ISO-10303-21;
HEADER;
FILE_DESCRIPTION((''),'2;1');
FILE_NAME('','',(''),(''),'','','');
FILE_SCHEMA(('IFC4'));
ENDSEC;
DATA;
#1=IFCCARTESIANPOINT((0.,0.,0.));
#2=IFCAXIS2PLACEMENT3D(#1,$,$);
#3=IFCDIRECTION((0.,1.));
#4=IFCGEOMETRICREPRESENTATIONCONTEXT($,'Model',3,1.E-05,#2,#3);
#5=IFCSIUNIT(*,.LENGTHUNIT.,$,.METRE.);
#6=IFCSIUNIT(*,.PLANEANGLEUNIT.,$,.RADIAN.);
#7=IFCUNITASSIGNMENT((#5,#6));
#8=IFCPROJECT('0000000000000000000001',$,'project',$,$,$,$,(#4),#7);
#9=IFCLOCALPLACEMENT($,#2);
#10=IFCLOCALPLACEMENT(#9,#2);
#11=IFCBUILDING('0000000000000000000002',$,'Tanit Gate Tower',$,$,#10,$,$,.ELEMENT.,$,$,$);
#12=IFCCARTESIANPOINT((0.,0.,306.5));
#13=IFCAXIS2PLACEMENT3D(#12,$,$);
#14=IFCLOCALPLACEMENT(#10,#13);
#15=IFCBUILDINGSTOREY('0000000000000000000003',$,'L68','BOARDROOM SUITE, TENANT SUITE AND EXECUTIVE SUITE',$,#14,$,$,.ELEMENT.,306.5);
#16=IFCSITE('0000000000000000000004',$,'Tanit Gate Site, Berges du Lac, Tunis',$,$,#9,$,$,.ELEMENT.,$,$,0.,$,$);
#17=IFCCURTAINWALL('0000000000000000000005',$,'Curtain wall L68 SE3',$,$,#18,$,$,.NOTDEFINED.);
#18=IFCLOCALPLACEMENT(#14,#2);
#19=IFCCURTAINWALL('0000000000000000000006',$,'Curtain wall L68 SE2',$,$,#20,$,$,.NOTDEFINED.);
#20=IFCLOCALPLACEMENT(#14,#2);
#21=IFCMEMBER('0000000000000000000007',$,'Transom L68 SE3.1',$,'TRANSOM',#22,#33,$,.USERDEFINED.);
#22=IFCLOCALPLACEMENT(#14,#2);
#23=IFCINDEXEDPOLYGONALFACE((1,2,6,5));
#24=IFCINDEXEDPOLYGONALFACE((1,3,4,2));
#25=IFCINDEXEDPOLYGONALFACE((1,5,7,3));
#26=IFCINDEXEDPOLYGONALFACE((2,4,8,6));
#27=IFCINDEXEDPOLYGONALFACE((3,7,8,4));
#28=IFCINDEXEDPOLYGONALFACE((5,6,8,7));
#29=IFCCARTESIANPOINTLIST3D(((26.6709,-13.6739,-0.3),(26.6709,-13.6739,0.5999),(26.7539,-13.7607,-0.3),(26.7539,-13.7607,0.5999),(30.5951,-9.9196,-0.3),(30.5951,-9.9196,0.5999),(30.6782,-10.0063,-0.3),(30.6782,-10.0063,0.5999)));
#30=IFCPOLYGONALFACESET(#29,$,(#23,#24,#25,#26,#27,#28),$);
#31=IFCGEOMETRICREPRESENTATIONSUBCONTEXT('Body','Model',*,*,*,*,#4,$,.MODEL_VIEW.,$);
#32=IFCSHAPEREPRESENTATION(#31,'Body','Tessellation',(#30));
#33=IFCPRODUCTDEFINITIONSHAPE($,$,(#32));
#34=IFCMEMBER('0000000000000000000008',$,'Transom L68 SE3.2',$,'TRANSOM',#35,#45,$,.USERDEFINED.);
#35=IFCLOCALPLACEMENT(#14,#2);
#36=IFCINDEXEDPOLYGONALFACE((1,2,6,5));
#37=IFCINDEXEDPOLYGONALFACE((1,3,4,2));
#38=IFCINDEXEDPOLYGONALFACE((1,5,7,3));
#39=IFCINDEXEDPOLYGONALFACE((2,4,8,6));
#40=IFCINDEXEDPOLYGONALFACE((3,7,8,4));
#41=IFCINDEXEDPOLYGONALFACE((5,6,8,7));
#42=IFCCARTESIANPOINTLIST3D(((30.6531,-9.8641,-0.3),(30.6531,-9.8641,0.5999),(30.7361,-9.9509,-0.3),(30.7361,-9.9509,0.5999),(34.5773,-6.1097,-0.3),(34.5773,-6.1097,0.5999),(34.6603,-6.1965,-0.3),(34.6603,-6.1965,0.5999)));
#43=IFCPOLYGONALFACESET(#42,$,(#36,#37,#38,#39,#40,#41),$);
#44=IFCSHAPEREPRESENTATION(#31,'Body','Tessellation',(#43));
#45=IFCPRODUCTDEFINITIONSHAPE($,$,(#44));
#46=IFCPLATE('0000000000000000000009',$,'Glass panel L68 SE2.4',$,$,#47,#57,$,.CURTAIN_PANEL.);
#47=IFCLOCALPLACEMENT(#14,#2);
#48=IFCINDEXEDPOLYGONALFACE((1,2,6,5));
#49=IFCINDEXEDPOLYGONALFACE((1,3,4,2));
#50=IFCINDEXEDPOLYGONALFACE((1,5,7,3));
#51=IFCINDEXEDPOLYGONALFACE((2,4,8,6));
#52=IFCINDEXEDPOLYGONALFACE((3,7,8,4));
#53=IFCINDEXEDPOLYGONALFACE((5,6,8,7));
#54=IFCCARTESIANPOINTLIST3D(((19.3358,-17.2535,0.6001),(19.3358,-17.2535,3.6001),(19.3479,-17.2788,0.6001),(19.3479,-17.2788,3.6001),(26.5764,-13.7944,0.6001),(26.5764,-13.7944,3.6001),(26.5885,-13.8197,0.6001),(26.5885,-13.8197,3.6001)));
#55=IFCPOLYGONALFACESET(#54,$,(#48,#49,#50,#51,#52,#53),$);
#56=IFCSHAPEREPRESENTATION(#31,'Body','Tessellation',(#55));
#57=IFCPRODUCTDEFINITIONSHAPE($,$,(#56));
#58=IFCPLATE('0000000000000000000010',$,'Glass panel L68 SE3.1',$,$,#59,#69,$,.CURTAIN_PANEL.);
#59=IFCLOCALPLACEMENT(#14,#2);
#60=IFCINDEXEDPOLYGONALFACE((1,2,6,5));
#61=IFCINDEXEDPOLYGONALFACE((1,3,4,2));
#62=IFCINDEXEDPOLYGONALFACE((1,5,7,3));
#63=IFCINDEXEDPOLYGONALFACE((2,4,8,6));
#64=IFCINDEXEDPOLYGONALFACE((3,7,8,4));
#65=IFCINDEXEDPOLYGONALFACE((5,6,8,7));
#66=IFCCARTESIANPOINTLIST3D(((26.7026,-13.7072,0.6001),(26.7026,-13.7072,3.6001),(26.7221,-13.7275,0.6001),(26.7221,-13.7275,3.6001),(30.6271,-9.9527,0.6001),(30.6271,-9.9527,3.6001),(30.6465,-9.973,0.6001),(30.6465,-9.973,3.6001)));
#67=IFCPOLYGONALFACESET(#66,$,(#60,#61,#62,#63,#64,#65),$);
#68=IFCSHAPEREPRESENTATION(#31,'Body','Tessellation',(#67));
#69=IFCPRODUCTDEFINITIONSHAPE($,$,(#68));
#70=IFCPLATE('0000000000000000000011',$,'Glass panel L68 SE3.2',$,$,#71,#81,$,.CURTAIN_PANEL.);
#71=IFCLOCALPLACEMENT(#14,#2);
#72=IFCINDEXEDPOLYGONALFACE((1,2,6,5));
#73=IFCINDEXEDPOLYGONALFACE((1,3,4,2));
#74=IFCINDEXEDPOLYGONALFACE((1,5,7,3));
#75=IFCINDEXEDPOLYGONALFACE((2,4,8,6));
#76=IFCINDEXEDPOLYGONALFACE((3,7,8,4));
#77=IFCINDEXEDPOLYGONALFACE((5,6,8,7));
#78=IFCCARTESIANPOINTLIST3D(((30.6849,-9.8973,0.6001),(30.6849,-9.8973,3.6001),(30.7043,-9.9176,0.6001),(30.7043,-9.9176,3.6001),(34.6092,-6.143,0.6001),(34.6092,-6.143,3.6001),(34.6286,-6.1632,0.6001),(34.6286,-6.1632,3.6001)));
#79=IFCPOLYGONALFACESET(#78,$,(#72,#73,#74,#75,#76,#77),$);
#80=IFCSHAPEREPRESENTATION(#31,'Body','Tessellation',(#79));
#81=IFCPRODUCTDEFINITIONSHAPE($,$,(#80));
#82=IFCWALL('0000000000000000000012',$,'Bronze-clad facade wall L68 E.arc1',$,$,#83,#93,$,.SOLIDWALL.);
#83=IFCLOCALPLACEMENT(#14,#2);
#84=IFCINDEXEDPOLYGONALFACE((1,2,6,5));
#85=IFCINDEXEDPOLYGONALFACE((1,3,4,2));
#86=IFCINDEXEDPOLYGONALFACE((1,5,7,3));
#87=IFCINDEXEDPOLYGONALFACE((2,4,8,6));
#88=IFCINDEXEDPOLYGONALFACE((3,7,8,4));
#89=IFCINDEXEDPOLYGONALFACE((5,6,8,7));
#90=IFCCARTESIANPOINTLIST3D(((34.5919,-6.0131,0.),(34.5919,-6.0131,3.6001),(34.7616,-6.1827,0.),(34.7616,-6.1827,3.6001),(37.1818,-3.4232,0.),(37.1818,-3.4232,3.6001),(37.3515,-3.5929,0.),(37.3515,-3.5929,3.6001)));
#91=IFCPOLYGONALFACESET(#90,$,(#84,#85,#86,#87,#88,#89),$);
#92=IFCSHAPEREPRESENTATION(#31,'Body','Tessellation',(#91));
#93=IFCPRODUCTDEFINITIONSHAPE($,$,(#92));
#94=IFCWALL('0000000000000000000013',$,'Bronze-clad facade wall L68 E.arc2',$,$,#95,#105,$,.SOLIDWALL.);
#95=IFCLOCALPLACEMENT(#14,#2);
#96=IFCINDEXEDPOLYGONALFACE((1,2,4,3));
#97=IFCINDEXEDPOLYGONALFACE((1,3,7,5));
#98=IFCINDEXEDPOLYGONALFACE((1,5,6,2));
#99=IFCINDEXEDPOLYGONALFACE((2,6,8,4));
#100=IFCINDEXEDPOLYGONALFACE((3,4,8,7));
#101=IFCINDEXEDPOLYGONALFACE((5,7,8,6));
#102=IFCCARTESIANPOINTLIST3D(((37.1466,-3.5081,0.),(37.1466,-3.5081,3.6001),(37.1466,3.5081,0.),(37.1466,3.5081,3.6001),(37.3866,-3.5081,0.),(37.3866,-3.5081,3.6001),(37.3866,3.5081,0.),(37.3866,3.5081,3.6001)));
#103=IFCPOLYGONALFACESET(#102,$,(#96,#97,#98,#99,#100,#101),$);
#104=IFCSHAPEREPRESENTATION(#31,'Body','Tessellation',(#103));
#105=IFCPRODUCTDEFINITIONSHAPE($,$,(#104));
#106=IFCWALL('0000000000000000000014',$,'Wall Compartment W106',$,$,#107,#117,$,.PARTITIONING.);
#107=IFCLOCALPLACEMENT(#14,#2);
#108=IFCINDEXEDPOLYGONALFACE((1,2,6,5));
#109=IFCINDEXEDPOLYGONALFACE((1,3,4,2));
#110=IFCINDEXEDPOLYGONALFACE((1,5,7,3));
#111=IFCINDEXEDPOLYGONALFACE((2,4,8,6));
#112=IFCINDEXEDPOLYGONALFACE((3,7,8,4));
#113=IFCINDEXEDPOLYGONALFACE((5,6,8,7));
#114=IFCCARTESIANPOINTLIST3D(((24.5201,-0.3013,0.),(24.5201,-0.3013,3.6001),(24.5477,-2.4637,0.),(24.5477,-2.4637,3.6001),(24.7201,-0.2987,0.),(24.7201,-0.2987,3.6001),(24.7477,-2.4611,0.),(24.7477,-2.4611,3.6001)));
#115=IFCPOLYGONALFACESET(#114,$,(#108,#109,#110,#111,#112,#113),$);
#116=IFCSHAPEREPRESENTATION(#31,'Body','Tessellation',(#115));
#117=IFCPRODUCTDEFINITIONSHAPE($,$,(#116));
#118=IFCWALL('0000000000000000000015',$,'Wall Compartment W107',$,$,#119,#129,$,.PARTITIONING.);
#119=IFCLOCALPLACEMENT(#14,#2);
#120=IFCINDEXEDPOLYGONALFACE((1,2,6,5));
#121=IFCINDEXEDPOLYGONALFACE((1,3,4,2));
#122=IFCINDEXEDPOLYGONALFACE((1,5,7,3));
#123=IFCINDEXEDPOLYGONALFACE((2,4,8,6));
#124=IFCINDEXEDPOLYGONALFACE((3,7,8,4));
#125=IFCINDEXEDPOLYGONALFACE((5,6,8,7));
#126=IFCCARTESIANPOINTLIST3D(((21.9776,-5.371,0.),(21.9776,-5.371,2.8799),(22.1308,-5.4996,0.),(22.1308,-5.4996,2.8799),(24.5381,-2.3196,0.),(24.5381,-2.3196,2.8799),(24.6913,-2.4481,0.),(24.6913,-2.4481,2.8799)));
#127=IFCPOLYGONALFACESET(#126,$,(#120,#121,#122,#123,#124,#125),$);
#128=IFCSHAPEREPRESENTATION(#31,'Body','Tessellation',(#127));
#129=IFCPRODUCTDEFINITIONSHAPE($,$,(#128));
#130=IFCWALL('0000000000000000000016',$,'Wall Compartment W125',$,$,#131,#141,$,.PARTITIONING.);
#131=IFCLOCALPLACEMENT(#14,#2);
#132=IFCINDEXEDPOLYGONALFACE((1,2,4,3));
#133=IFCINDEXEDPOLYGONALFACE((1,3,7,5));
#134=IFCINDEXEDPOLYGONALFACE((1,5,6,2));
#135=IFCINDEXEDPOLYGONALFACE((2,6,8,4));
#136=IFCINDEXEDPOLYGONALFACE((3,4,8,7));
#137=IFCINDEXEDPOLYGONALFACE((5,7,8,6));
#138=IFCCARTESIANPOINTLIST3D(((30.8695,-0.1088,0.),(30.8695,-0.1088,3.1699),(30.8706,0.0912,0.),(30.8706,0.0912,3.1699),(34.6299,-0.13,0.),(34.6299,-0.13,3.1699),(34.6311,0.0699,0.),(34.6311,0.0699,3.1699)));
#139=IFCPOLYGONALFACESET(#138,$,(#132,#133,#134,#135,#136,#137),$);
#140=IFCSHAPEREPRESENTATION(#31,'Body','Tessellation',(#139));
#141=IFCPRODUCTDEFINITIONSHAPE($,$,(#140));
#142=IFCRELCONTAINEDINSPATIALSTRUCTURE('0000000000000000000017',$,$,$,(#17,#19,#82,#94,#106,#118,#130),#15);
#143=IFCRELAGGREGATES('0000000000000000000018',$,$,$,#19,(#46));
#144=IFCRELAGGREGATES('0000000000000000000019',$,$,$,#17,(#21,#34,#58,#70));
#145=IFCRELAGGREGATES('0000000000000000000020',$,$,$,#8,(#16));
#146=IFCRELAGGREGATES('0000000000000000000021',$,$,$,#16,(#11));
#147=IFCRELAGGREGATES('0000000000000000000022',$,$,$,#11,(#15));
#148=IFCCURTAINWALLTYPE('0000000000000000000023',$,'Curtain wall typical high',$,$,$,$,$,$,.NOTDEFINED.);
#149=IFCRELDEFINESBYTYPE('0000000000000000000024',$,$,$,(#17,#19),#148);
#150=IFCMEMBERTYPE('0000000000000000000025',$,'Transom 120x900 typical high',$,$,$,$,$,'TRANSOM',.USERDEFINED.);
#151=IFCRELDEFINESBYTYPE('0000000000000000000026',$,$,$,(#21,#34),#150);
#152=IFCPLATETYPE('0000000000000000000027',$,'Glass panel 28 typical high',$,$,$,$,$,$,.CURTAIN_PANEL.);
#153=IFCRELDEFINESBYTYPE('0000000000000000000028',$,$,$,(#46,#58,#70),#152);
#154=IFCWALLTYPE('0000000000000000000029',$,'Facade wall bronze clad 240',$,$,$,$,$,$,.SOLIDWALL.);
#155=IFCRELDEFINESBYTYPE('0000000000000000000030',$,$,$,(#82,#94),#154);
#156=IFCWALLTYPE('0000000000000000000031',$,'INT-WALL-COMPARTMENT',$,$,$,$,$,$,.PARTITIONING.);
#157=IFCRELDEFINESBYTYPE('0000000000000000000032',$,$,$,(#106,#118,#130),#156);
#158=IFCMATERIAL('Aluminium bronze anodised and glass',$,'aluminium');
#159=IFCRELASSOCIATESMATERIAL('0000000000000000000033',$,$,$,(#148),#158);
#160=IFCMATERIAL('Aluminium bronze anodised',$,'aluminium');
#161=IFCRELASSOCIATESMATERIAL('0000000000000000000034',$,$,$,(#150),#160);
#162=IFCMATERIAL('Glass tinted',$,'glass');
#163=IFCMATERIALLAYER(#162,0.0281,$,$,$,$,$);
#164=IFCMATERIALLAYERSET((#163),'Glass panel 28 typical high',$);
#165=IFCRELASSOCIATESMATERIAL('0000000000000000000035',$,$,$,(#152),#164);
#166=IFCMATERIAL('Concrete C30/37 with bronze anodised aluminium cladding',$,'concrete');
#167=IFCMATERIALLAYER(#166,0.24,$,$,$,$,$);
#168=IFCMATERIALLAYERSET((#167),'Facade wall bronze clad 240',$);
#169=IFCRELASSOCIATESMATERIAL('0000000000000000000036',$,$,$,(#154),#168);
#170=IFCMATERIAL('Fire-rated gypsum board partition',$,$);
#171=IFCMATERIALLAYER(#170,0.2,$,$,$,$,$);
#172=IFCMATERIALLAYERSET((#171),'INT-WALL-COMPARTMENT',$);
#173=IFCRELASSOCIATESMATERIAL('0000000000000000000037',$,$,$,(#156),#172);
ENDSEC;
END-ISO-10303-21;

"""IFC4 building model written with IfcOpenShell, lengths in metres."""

from ifc_helpers import new_model, si_unit, direction, frame, frame_2d, origin, origin_2d, place, context, subcontext, project, spatial, rectangle, extrude, material, layer, layer_set, material_profile, profile_set, type_object, element, aggregate, save


model = new_model("IFC4")

# Units and contexts
model_context = context("Model", 3, precision=1e-05, world=origin(), true_north=direction((0.0, 1.0)))
body_context = subcontext(model_context, "Body", "Model", "MODEL_VIEW")
ifc_project = project(units=[si_unit("LENGTHUNIT", "METRE"), si_unit("PLANEANGLEUNIT", "RADIAN")], contexts=[model_context])

# Site, building, storey
site_placement = place(None, origin())
site = spatial("IfcSite", under=ifc_project, at=site_placement, Name="Tanit Gate Site, Berges du Lac, Tunis", CompositionType="ELEMENT", RefElevation=0.0)
building_placement = place(site_placement, origin())
building = spatial("IfcBuilding", under=site, at=building_placement, Name="Tanit Gate Tower", CompositionType="ELEMENT")
storey_placement = place(building_placement, frame((0.0, 0.0, 306.5)))
storey = spatial("IfcBuildingStorey", under=building, at=storey_placement, Name="L68", Description="BOARDROOM SUITE, TENANT SUITE AND EXECUTIVE SUITE", CompositionType="ELEMENT", Elevation=306.5)

# Curtain wall
ifc_material_1 = material(Name="Aluminium bronze anodised and glass", Category="aluminium")
curtain_wall_type = type_object("IfcCurtainWallType", Name="Curtain wall typical high", PredefinedType="NOTDEFINED", material=ifc_material_1)
curtain_wall_1_placement = place(storey_placement, origin())
curtain_wall_1 = element("IfcCurtainWall", 1, at=curtain_wall_1_placement, inside=storey, type_object=curtain_wall_type, Name="Curtain wall L68 SE3", PredefinedType="NOTDEFINED")

# Curtain wall
curtain_wall_2_placement = place(storey_placement, origin())
curtain_wall_2 = element("IfcCurtainWall", 2, at=curtain_wall_2_placement, inside=storey, type_object=curtain_wall_type, Name="Curtain wall L68 SE2", PredefinedType="NOTDEFINED")

# Members
ifc_material_2 = material(Name="Aluminium bronze anodised", Category="aluminium")
ifc_material_profile_1 = material_profile(ifc_material_2, rectangle(XDim=0.1201, YDim=0.8999, at=origin_2d()), Name="120x900 bronze transom")
ifc_profile_set_1 = profile_set([ifc_material_profile_1], Name="Aluminium bronze anodised")
member_type_1 = type_object("IfcMemberType", Name="Transom 120x900 typical high", ElementType="TRANSOM", PredefinedType="USERDEFINED", material=ifc_profile_set_1)
member_1_placement = place(storey_placement, frame((26.7124, -13.7173, 0.1499), z_axis=(0.722577, 0.69129, 0.0), x_axis=(-0.69129, 0.722577, 0.0)))
member_1 = element("IfcMember", 3, at=member_1_placement, type_object=member_type_1, Name="Transom L68 SE3.1", ObjectType="TRANSOM", PredefinedType="USERDEFINED", context=body_context, shape_type="SweptSolid", body=[
    extrude(rectangle(XDim=0.1201, YDim=0.8999, at=origin_2d()), origin(), (0.0, 0.0, 1.0), 5.4309),
])
member_2_placement = place(storey_placement, frame((30.6946, -9.9075, 0.1499), z_axis=(0.722577, 0.69129, 0.0), x_axis=(-0.69129, 0.722577, 0.0)))
member_2 = element("IfcMember", 4, at=member_2_placement, type_object=member_type_1, Name="Transom L68 SE3.2", ObjectType="TRANSOM", PredefinedType="USERDEFINED", context=body_context, shape_type="SweptSolid", body=[
    extrude(rectangle(XDim=0.1201, YDim=0.8999, at=origin_2d()), origin(), (0.0, 0.0, 1.0), 5.4309),
])

# Plates
ifc_material_3 = material(Name="Glass tinted", Category="glass")
ifc_layer_1 = layer(ifc_material_3, 0.0281)
ifc_layer_set_1 = layer_set([ifc_layer_1], Name="Glass panel 28 typical high")
plate_type = type_object("IfcPlateType", Name="Glass panel 28 typical high", PredefinedType="CURTAIN_PANEL", material=ifc_layer_set_1)
plate_1_placement = place(storey_placement, frame((22.9622, -15.5366, 0.6001), z_axis=(0.0, 0.0, 1.0), x_axis=(0.902317, 0.431073, 0.0)))
plate_1 = element("IfcPlate", 5, at=plate_1_placement, type_object=plate_type, Name="Glass panel L68 SE2.4", PredefinedType="CURTAIN_PANEL", context=body_context, shape_type="SweptSolid", body=[
    extrude(rectangle(XDim=8.0244, YDim=0.0281, at=origin_2d()), origin(), (0.0, 0.0, 1.0), 3.0),
])
aggregate(curtain_wall_2, [plate_1])
plate_2_placement = place(storey_placement, frame((28.6746, -11.8401, 0.6001), z_axis=(0.0, 0.0, 1.0), x_axis=(0.722577, 0.691291, 0.0)))
plate_2 = element("IfcPlate", 6, at=plate_2_placement, type_object=plate_type, Name="Glass panel L68 SE3.1", PredefinedType="CURTAIN_PANEL", context=body_context, shape_type="SweptSolid", body=[
    extrude(rectangle(XDim=5.4312, YDim=0.0281, at=origin_2d()), origin(), (0.0, 0.0, 1.0), 3.0),
])
plate_3_placement = place(storey_placement, frame((32.6567, -8.0303, 0.6001), z_axis=(0.0, 0.0, 1.0), x_axis=(0.722577, 0.691291, 0.0)))
plate_3 = element("IfcPlate", 7, at=plate_3_placement, type_object=plate_type, Name="Glass panel L68 SE3.2", PredefinedType="CURTAIN_PANEL", context=body_context, shape_type="SweptSolid", body=[
    extrude(rectangle(XDim=5.4309, YDim=0.0281, at=origin_2d()), origin(), (0.0, 0.0, 1.0), 3.0),
])
aggregate(curtain_wall_1, [member_1, member_2, plate_2, plate_3])

# Walls
ifc_material_4 = material(Name="Concrete C30/37 with bronze anodised aluminium cladding", Category="concrete")
ifc_layer_2 = layer(ifc_material_4, 0.24)
ifc_layer_set_2 = layer_set([ifc_layer_2], Name="Facade wall bronze clad 240")
wall_type_1 = type_object("IfcWallType", Name="Facade wall bronze clad 240", PredefinedType="SOLIDWALL", material=ifc_layer_set_2)
wall_1_placement = place(storey_placement, frame((34.6768, -6.0979, 0.0), z_axis=(0.0, 0.0, 1.0), x_axis=(0.707107, 0.707107, 0.0)))
element("IfcWall", 8, at=wall_1_placement, inside=storey, type_object=wall_type_1, Name="Bronze-clad facade wall L68 E.arc1", PredefinedType="SOLIDWALL", context=body_context, shape_type="SweptSolid", body=[
    extrude(rectangle(XDim=3.6626, YDim=0.24, at=frame_2d((1.8313, 0.0))), origin(), (0.0, 0.0, 1.0), 3.6001),
])
wall_2_placement = place(storey_placement, frame((37.2666, -3.5081, 0.0), z_axis=(0.0, 0.0, 1.0), x_axis=(0.0, 1.0, 0.0)))
element("IfcWall", 9, at=wall_2_placement, inside=storey, type_object=wall_type_1, Name="Bronze-clad facade wall L68 E.arc2", PredefinedType="SOLIDWALL", context=body_context, shape_type="SweptSolid", body=[
    extrude(rectangle(XDim=7.0161, YDim=0.24, at=frame_2d((3.5081, 0.0))), origin(), (0.0, 0.0, 1.0), 3.6001),
])
ifc_material_5 = material(Name="Fire-rated gypsum board partition")
ifc_layer_3 = layer(ifc_material_5, 0.2)
ifc_layer_set_3 = layer_set([ifc_layer_3], Name="INT-WALL-COMPARTMENT")
wall_type_2 = type_object("IfcWallType", Name="INT-WALL-COMPARTMENT", PredefinedType="PARTITIONING", material=ifc_layer_set_3)
wall_3_placement = place(storey_placement, frame((24.6477, -2.4624, 0.0), z_axis=(0.0, 0.0, 1.0), x_axis=(-0.012757, 0.999919, 0.0)))
element("IfcWall", 10, at=wall_3_placement, inside=storey, type_object=wall_type_2, Name="Wall Compartment W106", PredefinedType="PARTITIONING", context=body_context, shape_type="SweptSolid", body=[
    extrude(rectangle(XDim=2.1626, YDim=0.2, at=frame_2d((1.0813, 0.0))), origin(), (0.0, 0.0, 1.0), 3.6001),
])
wall_4_placement = place(storey_placement, frame((22.0542, -5.4353, 0.0), z_axis=(0.0, 0.0, 1.0), x_axis=(0.642791, 0.766042, 0.0)))
element("IfcWall", 11, at=wall_4_placement, inside=storey, type_object=wall_type_2, Name="Wall Compartment W107", PredefinedType="PARTITIONING", context=body_context, shape_type="SweptSolid", body=[
    extrude(rectangle(XDim=3.9834, YDim=0.2, at=frame_2d((1.9917, 0.0))), origin(), (0.0, 0.0, 1.0), 2.8799),
])
wall_5_placement = place(storey_placement, frame((34.6306, -0.03, 0.0), z_axis=(0.0, 0.0, 1.0), x_axis=(-0.999984, 0.005648, 0.0)))
element("IfcWall", 12, at=wall_5_placement, inside=storey, type_object=wall_type_2, Name="Wall Compartment W125", PredefinedType="PARTITIONING", context=body_context, shape_type="SweptSolid", body=[
    extrude(rectangle(XDim=3.7605, YDim=0.2, at=frame_2d((1.8804, 0.0))), origin(), (0.0, 0.0, 1.0), 3.1699),
])

save(model, "model.ifc")
